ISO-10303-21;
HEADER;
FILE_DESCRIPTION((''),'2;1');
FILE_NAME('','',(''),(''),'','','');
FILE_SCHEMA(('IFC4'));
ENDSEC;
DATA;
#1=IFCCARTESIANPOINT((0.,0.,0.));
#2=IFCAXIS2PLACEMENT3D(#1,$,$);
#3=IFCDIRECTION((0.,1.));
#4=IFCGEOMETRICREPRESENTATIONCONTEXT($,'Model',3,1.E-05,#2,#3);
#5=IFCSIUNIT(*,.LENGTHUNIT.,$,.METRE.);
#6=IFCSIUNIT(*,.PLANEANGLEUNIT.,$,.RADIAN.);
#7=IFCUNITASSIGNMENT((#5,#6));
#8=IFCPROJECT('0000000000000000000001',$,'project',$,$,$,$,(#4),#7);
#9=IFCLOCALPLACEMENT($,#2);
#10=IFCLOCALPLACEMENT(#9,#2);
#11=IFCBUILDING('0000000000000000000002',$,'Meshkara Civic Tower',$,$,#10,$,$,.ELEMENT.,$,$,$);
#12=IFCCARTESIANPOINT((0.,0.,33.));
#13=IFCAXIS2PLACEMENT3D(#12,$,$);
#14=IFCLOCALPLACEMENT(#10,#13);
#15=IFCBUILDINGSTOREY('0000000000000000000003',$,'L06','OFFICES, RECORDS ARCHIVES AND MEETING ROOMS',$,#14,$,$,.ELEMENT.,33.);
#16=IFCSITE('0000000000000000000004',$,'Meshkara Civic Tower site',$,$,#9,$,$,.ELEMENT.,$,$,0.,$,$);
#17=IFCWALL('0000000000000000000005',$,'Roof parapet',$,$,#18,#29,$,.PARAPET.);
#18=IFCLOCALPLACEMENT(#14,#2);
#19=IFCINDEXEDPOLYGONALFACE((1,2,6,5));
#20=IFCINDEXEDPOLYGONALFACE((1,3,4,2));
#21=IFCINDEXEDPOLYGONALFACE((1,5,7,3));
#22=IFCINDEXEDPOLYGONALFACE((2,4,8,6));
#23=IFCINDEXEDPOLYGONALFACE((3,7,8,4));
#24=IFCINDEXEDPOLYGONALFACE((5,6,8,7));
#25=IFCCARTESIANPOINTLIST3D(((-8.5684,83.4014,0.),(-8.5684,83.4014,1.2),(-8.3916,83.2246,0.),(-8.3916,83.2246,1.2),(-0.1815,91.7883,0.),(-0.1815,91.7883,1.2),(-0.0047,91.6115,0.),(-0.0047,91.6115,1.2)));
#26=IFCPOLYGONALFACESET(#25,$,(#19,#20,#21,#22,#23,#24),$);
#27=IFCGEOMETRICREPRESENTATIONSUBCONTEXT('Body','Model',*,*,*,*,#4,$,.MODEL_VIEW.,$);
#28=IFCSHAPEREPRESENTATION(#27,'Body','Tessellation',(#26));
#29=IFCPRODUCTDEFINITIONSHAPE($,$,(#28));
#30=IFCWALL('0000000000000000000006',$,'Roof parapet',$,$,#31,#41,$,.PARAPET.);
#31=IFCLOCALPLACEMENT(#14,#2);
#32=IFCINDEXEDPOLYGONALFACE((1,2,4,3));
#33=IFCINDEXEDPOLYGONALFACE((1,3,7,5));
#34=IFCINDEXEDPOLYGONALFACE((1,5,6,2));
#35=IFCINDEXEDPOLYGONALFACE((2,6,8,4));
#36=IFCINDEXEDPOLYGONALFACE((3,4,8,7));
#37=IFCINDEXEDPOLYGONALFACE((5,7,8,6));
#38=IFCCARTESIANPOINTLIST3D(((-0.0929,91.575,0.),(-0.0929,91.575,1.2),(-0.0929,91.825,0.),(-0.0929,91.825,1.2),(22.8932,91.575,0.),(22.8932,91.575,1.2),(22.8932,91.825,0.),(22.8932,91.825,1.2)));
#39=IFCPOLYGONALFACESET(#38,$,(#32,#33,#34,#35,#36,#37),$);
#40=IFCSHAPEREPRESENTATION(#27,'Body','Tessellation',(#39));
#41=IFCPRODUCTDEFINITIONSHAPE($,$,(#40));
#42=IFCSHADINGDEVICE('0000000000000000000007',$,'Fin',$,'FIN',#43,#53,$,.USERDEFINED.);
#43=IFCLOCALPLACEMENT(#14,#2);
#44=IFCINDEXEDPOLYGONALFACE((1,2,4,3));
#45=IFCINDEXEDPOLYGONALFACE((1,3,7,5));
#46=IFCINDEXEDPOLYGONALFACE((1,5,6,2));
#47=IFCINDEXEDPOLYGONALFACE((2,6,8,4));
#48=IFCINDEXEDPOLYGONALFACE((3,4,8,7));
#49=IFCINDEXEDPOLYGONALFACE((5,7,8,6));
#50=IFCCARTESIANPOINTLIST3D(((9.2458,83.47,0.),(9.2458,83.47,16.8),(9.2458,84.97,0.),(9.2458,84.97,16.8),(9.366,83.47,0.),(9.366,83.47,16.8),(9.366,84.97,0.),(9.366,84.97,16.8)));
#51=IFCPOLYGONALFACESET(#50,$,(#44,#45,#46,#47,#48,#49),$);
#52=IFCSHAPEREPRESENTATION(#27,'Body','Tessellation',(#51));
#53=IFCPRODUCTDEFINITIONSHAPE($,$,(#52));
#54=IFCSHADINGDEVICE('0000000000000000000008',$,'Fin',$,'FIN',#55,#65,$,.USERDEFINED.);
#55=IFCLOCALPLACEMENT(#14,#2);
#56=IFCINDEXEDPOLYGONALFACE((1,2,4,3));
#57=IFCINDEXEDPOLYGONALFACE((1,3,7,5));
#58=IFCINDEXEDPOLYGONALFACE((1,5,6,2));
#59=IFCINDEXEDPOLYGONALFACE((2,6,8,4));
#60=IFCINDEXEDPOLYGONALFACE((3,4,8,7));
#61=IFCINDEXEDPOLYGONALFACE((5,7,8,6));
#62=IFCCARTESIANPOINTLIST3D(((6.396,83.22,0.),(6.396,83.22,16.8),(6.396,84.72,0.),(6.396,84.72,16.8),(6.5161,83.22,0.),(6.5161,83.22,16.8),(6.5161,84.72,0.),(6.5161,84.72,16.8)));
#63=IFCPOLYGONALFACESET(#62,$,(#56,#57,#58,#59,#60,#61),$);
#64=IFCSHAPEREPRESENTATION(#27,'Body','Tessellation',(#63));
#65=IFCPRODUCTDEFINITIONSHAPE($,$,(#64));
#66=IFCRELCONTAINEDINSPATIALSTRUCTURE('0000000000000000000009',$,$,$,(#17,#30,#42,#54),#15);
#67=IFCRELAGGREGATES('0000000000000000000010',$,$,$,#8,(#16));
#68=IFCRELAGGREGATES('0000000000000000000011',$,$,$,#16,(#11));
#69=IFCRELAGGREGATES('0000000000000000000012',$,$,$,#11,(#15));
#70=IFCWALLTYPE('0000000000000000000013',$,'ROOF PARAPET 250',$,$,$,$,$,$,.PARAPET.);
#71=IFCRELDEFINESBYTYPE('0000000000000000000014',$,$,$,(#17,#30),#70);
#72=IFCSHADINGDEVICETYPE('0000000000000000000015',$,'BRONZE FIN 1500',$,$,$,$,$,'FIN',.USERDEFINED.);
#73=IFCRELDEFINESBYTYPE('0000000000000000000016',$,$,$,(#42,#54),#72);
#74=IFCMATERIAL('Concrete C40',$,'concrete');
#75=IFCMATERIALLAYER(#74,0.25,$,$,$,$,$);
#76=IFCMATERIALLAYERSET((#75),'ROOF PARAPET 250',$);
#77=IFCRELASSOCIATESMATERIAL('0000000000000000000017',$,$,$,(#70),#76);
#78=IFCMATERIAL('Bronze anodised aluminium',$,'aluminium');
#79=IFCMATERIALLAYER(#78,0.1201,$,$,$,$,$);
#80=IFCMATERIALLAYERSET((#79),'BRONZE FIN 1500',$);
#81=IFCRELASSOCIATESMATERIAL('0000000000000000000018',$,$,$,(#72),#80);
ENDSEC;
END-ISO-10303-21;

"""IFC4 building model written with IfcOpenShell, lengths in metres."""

from ifc_helpers import new_model, si_unit, direction, frame, frame_2d, origin, origin_2d, place, context, subcontext, project, spatial, rectangle, extrude, material, layer, layer_set, type_object, element, save


model = new_model("IFC4")

# Units and contexts
model_context = context("Model", 3, precision=1e-05, world=origin(), true_north=direction((0.0, 1.0)))
body_context = subcontext(model_context, "Body", "Model", "MODEL_VIEW")
ifc_project = project(units=[si_unit("LENGTHUNIT", "METRE"), si_unit("PLANEANGLEUNIT", "RADIAN")], contexts=[model_context])

# Site, building, storey
site_placement = place(None, origin())
site = spatial("IfcSite", under=ifc_project, at=site_placement, Name="Meshkara Civic Tower site", CompositionType="ELEMENT", RefElevation=0.0)
building_placement = place(site_placement, origin())
building = spatial("IfcBuilding", under=site, at=building_placement, Name="Meshkara Civic Tower", CompositionType="ELEMENT")
storey_placement = place(building_placement, frame((0.0, 0.0, 33.0)))
storey = spatial("IfcBuildingStorey", under=building, at=storey_placement, Name="L06", Description="OFFICES, RECORDS ARCHIVES AND MEETING ROOMS", CompositionType="ELEMENT", Elevation=33.0)

# Walls
ifc_material_1 = material(Name="Concrete C40", Category="concrete")
ifc_layer_1 = layer(ifc_material_1, 0.25)
ifc_layer_set_1 = layer_set([ifc_layer_1], Name="ROOF PARAPET 250")
wall_type_1 = type_object("IfcWallType", Name="ROOF PARAPET 250", PredefinedType="PARAPET", material=ifc_layer_set_1)
wall_1_placement = place(storey_placement, frame((-8.48, 83.313, 0.0), z_axis=(0.0, 0.0, 1.0), x_axis=(0.707107, 0.707107, 0.0)))
element("IfcWall", 1, at=wall_1_placement, inside=storey, type_object=wall_type_1, Name="Roof parapet", PredefinedType="PARAPET", context=body_context, shape_type="SweptSolid", body=[
    extrude(rectangle(XDim=11.8608, YDim=0.25, at=frame_2d((5.9304, 0.0))), origin(), (0.0, 0.0, 1.0), 1.2),
])
wall_2_placement = place(storey_placement, frame((-0.093, 91.7, 0.0), z_axis=(0.0, 0.0, 1.0), x_axis=(1.0, 0.0, 0.0)))
element("IfcWall", 2, at=wall_2_placement, inside=storey, type_object=wall_type_1, Name="Roof parapet", PredefinedType="PARAPET", context=body_context, shape_type="SweptSolid", body=[
    extrude(rectangle(XDim=22.9861, YDim=0.25, at=frame_2d((11.4932, 0.0))), origin(), (0.0, 0.0, 1.0), 1.2),
])

# Shading devices
ifc_material_2 = material(Name="Bronze anodised aluminium", Category="aluminium")
ifc_layer_2 = layer(ifc_material_2, 0.1201)
ifc_layer_set_2 = layer_set([ifc_layer_2], Name="BRONZE FIN 1500")
shading_device_type = type_object("IfcShadingDeviceType", Name="BRONZE FIN 1500", ElementType="FIN", PredefinedType="USERDEFINED", material=ifc_layer_set_2)
for number, where, z_axis, x_axis, name in (
    (3, (9.3059, 84.22, 0.0), (0.0, 0.0, 1.0), (-1.0, 0.0, 0.0), "Fin"),
    (4, (6.4561, 83.97, 0.0), (0.0, 0.0, 1.0), (-1.0, 0.0, 0.0), "Fin"),
):
    element("IfcShadingDevice", number, at=place(storey_placement, frame(where, z_axis=z_axis, x_axis=x_axis)), inside=storey, type_object=shading_device_type, Name=name, ObjectType="FIN", PredefinedType="USERDEFINED", context=body_context, shape_type="SweptSolid", body=[
        extrude(rectangle(XDim=0.1201, YDim=1.5, at=origin_2d()), origin(), (0.0, 0.0, 1.0), 16.8),
    ])

save(model, "model.ifc")
